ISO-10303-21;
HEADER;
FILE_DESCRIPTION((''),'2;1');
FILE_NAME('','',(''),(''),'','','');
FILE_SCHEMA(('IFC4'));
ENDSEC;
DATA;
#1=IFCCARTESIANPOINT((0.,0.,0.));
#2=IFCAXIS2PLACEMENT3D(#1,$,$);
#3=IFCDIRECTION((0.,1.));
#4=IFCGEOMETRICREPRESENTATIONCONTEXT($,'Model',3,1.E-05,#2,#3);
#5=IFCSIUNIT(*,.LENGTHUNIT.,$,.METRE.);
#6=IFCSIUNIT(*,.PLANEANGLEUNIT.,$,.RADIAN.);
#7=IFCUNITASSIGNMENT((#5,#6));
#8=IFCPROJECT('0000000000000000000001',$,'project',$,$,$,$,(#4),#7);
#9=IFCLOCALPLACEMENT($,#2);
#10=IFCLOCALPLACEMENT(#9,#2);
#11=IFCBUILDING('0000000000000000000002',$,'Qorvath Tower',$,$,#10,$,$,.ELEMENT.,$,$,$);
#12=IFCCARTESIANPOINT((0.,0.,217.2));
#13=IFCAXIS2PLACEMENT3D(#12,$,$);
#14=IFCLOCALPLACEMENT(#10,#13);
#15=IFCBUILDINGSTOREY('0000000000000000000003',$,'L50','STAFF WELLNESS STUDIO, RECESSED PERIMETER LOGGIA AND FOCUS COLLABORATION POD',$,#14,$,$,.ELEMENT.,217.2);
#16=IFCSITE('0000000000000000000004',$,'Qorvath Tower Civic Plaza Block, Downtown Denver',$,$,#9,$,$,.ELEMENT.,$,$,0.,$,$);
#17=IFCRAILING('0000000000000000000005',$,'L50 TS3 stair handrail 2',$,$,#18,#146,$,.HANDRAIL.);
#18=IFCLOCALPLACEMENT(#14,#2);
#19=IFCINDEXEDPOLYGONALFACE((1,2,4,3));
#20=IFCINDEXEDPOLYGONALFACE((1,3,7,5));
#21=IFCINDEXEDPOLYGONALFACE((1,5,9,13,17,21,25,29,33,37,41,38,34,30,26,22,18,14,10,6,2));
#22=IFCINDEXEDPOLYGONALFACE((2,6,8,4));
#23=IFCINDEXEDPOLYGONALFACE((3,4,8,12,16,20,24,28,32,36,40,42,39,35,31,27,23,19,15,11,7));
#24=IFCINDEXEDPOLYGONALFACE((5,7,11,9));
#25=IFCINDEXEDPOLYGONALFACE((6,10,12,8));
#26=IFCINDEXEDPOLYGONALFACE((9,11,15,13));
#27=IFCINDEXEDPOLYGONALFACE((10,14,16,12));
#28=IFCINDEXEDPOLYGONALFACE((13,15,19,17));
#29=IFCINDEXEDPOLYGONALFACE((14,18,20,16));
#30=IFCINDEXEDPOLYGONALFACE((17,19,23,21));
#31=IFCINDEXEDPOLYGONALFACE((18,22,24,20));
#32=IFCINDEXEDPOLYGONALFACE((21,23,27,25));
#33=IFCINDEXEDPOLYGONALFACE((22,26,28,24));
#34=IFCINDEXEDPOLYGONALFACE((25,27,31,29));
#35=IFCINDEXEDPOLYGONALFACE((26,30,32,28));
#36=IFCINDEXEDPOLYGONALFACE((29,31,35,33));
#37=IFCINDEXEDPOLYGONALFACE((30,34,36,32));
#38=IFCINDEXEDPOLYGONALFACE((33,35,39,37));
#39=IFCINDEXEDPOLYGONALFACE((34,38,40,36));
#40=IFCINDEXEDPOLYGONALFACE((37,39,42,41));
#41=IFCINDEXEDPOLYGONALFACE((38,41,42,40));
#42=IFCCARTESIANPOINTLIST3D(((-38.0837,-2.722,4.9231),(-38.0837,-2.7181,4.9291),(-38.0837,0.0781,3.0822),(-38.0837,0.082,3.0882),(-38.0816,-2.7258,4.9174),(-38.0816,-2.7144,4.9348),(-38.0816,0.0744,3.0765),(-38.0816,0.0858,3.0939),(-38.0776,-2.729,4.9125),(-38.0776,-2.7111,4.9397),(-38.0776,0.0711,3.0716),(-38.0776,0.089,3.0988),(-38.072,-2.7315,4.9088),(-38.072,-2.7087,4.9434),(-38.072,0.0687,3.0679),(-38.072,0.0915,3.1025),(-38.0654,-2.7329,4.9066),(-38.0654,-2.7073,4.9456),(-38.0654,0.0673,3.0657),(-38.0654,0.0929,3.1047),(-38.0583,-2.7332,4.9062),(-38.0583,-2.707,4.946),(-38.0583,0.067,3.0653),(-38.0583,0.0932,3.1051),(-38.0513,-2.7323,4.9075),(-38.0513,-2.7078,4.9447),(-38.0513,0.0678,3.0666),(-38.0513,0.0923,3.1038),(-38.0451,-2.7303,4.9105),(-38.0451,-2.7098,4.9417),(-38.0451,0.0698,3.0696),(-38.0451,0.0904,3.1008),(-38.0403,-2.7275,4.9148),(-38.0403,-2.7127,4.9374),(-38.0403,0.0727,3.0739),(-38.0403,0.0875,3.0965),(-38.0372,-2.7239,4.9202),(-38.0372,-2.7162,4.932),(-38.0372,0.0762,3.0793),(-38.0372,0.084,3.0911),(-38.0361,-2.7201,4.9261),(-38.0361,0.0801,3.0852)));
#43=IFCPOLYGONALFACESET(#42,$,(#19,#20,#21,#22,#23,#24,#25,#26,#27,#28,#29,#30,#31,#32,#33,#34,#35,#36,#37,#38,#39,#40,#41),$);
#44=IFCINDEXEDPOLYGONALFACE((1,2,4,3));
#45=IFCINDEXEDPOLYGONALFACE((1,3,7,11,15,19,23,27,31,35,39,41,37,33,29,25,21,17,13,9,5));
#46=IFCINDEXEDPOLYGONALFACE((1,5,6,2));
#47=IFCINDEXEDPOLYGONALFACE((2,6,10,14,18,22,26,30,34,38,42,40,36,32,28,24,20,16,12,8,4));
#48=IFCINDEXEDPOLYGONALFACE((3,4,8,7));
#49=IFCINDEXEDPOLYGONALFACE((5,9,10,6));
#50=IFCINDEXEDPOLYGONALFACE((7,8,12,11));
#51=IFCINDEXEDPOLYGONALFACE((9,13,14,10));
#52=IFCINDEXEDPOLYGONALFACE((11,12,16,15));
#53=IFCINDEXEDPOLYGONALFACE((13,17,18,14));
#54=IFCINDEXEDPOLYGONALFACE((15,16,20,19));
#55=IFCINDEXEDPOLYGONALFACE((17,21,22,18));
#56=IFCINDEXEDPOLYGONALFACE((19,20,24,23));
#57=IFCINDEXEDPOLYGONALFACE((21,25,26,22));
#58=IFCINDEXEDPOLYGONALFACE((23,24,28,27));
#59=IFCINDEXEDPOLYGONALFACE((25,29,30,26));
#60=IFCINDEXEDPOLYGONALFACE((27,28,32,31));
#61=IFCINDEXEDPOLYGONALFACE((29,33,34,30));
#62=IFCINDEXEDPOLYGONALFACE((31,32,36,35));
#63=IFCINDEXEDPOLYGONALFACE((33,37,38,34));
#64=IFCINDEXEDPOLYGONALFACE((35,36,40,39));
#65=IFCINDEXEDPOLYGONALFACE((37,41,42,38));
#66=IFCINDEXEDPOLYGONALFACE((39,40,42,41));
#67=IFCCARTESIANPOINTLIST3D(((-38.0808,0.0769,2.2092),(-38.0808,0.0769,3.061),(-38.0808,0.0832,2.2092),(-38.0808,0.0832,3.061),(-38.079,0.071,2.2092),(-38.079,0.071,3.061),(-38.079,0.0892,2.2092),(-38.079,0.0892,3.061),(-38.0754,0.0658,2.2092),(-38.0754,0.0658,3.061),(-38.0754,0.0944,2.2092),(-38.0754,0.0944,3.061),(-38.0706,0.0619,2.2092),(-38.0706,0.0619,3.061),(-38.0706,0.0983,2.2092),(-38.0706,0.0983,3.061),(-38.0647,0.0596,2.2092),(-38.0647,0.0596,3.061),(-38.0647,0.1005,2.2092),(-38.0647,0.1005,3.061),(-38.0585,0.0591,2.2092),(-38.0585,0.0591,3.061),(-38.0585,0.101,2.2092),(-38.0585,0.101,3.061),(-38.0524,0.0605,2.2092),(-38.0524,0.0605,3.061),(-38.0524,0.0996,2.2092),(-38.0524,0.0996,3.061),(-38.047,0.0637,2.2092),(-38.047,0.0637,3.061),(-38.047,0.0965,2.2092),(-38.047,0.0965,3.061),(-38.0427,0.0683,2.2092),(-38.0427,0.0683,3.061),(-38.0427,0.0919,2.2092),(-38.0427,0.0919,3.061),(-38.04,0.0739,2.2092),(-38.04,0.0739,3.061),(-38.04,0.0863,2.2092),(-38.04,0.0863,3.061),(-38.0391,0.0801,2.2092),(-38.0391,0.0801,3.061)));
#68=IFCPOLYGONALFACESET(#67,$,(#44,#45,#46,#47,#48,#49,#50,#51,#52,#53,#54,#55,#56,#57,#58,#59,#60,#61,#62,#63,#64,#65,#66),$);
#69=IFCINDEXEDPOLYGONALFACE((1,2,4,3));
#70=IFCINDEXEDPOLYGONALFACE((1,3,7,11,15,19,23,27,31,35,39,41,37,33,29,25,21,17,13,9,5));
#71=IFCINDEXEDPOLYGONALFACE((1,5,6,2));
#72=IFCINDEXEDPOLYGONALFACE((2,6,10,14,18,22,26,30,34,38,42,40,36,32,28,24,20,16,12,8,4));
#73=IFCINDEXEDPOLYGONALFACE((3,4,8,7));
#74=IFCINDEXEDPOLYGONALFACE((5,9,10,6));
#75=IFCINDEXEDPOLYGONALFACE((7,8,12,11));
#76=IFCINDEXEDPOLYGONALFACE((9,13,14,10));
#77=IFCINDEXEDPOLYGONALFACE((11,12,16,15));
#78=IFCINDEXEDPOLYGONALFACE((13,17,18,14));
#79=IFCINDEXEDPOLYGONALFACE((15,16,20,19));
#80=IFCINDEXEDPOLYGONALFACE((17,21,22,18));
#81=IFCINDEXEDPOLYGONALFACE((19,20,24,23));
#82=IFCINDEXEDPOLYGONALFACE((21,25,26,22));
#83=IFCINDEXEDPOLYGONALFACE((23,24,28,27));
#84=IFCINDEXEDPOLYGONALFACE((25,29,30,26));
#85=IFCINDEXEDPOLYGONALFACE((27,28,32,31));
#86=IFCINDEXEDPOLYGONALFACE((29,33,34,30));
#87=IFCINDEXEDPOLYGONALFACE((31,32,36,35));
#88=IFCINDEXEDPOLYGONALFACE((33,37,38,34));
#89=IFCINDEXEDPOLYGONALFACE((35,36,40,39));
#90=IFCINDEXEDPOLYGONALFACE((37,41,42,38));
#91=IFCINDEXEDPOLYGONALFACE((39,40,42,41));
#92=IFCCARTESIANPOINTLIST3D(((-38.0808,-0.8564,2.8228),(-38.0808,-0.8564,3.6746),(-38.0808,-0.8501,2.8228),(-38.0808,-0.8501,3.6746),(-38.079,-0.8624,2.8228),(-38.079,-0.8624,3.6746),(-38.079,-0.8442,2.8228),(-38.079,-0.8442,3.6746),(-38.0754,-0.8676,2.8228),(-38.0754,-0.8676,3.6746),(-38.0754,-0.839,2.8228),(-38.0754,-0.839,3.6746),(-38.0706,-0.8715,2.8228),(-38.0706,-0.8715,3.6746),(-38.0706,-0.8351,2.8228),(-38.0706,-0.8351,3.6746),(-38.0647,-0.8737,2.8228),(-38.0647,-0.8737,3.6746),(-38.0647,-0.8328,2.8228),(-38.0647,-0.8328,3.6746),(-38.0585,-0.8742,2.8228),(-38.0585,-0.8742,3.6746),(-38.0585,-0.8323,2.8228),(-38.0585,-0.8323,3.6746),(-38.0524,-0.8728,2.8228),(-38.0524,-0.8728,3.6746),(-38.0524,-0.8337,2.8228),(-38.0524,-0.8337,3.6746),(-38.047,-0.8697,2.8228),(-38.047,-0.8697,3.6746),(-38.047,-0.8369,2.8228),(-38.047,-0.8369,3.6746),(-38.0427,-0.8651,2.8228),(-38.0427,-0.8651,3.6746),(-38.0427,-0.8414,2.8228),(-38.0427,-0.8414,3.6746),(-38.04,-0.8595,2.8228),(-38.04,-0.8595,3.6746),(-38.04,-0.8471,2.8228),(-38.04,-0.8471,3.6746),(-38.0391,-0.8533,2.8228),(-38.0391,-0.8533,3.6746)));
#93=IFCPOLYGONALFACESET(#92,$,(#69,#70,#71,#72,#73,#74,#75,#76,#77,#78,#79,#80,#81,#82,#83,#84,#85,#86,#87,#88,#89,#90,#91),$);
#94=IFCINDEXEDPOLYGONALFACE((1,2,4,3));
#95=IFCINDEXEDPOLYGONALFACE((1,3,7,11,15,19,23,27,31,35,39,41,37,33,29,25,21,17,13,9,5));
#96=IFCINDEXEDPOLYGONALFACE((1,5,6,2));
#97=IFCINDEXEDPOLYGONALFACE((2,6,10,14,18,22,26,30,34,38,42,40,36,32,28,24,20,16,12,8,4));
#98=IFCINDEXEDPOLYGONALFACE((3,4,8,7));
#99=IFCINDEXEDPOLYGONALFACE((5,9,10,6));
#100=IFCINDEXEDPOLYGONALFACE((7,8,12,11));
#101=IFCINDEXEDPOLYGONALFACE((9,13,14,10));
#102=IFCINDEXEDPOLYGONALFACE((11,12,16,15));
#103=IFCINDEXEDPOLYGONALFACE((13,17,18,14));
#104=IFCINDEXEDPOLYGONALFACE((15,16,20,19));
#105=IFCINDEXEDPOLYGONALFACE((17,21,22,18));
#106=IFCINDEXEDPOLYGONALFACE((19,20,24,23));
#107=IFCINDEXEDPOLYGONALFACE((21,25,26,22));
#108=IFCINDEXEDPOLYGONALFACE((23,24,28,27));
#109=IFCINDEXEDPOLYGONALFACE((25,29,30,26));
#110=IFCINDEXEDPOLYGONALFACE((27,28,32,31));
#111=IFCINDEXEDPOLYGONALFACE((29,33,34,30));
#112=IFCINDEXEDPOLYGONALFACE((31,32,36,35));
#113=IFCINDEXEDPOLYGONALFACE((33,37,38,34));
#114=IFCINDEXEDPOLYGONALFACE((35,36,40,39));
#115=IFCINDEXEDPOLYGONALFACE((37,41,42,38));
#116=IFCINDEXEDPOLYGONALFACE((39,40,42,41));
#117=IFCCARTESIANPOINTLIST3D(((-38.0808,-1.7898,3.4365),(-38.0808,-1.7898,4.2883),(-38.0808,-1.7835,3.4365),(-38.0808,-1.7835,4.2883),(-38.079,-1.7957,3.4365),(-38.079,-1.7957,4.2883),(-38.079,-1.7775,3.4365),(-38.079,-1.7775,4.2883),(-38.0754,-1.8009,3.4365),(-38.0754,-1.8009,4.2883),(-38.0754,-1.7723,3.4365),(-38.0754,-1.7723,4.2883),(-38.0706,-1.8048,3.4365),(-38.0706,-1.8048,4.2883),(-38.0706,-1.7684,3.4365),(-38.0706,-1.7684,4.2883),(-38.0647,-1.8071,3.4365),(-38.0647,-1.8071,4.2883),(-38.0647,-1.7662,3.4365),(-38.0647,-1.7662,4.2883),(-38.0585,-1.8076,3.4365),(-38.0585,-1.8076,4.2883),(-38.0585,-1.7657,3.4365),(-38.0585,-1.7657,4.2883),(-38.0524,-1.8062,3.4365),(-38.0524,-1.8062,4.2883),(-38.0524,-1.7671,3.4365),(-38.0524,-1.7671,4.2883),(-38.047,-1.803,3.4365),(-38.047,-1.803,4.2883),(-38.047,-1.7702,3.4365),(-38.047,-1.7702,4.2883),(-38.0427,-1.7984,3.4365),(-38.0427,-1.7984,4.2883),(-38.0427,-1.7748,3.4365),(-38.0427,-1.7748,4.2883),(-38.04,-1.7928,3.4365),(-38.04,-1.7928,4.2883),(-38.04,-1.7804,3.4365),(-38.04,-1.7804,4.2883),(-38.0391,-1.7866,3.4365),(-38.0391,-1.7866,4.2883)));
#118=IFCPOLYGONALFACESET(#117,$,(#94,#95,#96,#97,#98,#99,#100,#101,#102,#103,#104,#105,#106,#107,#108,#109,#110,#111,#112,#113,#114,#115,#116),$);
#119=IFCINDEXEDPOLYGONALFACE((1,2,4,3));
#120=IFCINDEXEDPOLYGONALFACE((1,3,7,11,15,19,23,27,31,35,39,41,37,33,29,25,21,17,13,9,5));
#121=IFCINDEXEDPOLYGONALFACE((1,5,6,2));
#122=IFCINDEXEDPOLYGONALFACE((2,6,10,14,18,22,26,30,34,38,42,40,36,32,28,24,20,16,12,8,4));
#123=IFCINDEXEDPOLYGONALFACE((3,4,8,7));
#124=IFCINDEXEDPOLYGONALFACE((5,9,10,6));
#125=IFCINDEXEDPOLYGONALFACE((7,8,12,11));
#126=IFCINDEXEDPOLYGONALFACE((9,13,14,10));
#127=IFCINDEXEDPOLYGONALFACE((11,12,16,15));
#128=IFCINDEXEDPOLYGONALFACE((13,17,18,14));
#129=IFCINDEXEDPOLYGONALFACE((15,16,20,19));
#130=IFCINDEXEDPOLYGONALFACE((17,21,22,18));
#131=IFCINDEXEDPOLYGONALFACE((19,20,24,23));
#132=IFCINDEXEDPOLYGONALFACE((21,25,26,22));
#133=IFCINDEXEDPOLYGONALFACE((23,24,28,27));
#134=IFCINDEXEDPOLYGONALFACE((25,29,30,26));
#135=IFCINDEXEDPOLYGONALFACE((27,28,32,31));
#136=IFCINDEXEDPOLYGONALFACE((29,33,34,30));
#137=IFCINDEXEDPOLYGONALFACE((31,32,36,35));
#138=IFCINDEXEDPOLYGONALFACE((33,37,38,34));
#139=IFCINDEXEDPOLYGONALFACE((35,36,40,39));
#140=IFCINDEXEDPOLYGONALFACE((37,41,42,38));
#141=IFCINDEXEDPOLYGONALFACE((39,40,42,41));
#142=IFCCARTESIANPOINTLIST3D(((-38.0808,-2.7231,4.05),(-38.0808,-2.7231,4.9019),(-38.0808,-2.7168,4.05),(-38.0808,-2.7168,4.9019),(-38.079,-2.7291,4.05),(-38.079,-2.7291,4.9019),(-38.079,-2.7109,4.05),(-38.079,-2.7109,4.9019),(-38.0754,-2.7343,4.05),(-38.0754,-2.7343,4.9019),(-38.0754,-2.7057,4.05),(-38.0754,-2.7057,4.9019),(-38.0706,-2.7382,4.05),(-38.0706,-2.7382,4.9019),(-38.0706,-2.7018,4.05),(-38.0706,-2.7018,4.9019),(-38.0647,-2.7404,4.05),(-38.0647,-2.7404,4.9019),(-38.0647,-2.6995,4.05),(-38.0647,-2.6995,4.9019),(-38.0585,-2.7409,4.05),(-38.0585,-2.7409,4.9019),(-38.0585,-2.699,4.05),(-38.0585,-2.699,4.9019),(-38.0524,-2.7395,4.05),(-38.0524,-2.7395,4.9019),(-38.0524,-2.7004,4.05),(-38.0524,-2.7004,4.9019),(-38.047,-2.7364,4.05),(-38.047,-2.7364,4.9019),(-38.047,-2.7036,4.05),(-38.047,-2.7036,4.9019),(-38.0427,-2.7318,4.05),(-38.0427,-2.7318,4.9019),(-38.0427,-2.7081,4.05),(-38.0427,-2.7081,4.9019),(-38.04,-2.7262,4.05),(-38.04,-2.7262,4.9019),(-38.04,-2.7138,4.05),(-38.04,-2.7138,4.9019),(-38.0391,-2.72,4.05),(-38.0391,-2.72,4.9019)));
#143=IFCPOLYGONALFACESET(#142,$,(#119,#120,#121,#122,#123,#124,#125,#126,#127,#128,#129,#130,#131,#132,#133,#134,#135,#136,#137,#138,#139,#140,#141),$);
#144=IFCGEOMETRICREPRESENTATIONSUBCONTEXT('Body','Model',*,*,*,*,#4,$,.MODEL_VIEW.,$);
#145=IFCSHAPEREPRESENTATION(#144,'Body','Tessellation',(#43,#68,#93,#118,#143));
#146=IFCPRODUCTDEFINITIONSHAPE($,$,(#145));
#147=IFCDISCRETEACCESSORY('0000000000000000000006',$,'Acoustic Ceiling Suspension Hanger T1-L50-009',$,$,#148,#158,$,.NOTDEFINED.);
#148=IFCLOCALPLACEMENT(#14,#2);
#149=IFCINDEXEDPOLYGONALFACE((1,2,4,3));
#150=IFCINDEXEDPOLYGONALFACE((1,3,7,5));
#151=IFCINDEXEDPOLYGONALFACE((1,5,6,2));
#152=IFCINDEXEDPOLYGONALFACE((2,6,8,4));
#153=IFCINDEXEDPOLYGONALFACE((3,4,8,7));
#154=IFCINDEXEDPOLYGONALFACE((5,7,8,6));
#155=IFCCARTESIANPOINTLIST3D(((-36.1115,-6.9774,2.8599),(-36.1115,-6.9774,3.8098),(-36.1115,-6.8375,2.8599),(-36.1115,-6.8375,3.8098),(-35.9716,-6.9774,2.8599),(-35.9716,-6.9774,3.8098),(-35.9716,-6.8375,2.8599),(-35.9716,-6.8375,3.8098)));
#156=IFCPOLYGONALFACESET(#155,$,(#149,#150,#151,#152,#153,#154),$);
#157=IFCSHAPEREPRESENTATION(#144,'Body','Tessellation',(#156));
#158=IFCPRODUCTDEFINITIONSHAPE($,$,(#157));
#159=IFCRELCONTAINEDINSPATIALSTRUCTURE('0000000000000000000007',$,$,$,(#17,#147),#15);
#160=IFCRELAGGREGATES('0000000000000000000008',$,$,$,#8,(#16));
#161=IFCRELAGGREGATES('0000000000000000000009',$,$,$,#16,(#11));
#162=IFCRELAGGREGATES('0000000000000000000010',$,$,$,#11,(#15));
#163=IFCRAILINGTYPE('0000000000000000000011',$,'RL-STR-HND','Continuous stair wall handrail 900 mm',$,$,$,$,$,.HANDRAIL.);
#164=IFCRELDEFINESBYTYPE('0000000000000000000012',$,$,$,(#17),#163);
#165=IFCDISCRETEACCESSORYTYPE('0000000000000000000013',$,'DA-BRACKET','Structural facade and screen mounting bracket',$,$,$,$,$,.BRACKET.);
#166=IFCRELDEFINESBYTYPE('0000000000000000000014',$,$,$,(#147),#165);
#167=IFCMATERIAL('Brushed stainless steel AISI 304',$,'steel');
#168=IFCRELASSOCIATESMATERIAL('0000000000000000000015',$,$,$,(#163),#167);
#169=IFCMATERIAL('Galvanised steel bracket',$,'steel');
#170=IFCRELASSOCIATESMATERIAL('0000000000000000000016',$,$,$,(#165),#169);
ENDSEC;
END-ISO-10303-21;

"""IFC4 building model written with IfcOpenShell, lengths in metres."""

from ifc_helpers import new_model, si_unit, direction, frame, origin, origin_2d, place, context, subcontext, project, spatial, rectangle, circle, extrude, material, type_object, element, save


model = new_model("IFC4")

# Units and contexts
model_context = context("Model", 3, precision=1e-05, world=origin(), true_north=direction((0.0, 1.0)))
body_context = subcontext(model_context, "Body", "Model", "MODEL_VIEW")
ifc_project = project(units=[si_unit("LENGTHUNIT", "METRE"), si_unit("PLANEANGLEUNIT", "RADIAN")], contexts=[model_context])

# Site, building, storey
site_placement = place(None, origin())
site = spatial("IfcSite", under=ifc_project, at=site_placement, Name="Qorvath Tower Civic Plaza Block, Downtown Denver", CompositionType="ELEMENT", RefElevation=0.0)
building_placement = place(site_placement, origin())
building = spatial("IfcBuilding", under=site, at=building_placement, Name="Qorvath Tower", CompositionType="ELEMENT")
storey_placement = place(building_placement, frame((0.0, 0.0, 217.2)))
storey = spatial("IfcBuildingStorey", under=building, at=storey_placement, Name="L50", Description="STAFF WELLNESS STUDIO, RECESSED PERIMETER LOGGIA AND FOCUS COLLABORATION POD", CompositionType="ELEMENT", Elevation=217.2)

# Railing
ifc_material_1 = material(Name="Brushed stainless steel AISI 304", Category="steel")
railing_type_1 = type_object("IfcRailingType", Name="RL-STR-HND", Description="Continuous stair wall handrail 900 mm", PredefinedType="HANDRAIL", material=ifc_material_1)
railing_1_placement = place(storey_placement, frame((-38.0601, 0.0801, 2.2092)))
element("IfcRailing", 1, at=railing_1_placement, inside=storey, type_object=railing_type_1, Name="L50 TS3 stair handrail 2", PredefinedType="HANDRAIL", context=body_context, shape_type="SweptSolid", body=[
    extrude(circle(Radius=0.0239, at=origin_2d()), frame((0.0, 0.0, 0.876), z_axis=(0.0, -0.835598, 0.549342), x_axis=(1.0, 0.0, 0.0)), (0.0, 0.0, 1.0), 3.3511),
    extrude(circle(Radius=0.021, at=origin_2d()), origin(), (0.0, 0.0, 1.0), 0.8518),
    extrude(circle(Radius=0.021, at=origin_2d()), frame((0.0, -0.9333, 0.6135)), (0.0, 0.0, 1.0), 0.8518),
    extrude(circle(Radius=0.021, at=origin_2d()), frame((0.0, -1.8667, 1.2273)), (0.0, 0.0, 1.0), 0.8518),
    extrude(circle(Radius=0.021, at=origin_2d()), frame((0.0, -2.8, 1.8408)), (0.0, 0.0, 1.0), 0.8518),
])

# Discrete accessory
ifc_material_2 = material(Name="Galvanised steel bracket", Category="steel")
discrete_accessory_type = type_object("IfcDiscreteAccessoryType", Name="DA-BRACKET", Description="Structural facade and screen mounting bracket", PredefinedType="BRACKET", material=ifc_material_2)
discrete_accessory_placement = place(storey_placement, frame((-36.0415, -6.9075, 2.8599), z_axis=(0.0, 0.0, 1.0), x_axis=(1.0, 0.0, 0.0)))
element("IfcDiscreteAccessory", 2, at=discrete_accessory_placement, inside=storey, type_object=discrete_accessory_type, Name="Acoustic Ceiling Suspension Hanger T1-L50-009", PredefinedType="NOTDEFINED", context=body_context, shape_type="SweptSolid", body=[
    extrude(rectangle(XDim=0.1399, YDim=0.1399, at=origin_2d()), origin(), (0.0, 0.0, 1.0), 0.95),
])

save(model, "model.ifc")
